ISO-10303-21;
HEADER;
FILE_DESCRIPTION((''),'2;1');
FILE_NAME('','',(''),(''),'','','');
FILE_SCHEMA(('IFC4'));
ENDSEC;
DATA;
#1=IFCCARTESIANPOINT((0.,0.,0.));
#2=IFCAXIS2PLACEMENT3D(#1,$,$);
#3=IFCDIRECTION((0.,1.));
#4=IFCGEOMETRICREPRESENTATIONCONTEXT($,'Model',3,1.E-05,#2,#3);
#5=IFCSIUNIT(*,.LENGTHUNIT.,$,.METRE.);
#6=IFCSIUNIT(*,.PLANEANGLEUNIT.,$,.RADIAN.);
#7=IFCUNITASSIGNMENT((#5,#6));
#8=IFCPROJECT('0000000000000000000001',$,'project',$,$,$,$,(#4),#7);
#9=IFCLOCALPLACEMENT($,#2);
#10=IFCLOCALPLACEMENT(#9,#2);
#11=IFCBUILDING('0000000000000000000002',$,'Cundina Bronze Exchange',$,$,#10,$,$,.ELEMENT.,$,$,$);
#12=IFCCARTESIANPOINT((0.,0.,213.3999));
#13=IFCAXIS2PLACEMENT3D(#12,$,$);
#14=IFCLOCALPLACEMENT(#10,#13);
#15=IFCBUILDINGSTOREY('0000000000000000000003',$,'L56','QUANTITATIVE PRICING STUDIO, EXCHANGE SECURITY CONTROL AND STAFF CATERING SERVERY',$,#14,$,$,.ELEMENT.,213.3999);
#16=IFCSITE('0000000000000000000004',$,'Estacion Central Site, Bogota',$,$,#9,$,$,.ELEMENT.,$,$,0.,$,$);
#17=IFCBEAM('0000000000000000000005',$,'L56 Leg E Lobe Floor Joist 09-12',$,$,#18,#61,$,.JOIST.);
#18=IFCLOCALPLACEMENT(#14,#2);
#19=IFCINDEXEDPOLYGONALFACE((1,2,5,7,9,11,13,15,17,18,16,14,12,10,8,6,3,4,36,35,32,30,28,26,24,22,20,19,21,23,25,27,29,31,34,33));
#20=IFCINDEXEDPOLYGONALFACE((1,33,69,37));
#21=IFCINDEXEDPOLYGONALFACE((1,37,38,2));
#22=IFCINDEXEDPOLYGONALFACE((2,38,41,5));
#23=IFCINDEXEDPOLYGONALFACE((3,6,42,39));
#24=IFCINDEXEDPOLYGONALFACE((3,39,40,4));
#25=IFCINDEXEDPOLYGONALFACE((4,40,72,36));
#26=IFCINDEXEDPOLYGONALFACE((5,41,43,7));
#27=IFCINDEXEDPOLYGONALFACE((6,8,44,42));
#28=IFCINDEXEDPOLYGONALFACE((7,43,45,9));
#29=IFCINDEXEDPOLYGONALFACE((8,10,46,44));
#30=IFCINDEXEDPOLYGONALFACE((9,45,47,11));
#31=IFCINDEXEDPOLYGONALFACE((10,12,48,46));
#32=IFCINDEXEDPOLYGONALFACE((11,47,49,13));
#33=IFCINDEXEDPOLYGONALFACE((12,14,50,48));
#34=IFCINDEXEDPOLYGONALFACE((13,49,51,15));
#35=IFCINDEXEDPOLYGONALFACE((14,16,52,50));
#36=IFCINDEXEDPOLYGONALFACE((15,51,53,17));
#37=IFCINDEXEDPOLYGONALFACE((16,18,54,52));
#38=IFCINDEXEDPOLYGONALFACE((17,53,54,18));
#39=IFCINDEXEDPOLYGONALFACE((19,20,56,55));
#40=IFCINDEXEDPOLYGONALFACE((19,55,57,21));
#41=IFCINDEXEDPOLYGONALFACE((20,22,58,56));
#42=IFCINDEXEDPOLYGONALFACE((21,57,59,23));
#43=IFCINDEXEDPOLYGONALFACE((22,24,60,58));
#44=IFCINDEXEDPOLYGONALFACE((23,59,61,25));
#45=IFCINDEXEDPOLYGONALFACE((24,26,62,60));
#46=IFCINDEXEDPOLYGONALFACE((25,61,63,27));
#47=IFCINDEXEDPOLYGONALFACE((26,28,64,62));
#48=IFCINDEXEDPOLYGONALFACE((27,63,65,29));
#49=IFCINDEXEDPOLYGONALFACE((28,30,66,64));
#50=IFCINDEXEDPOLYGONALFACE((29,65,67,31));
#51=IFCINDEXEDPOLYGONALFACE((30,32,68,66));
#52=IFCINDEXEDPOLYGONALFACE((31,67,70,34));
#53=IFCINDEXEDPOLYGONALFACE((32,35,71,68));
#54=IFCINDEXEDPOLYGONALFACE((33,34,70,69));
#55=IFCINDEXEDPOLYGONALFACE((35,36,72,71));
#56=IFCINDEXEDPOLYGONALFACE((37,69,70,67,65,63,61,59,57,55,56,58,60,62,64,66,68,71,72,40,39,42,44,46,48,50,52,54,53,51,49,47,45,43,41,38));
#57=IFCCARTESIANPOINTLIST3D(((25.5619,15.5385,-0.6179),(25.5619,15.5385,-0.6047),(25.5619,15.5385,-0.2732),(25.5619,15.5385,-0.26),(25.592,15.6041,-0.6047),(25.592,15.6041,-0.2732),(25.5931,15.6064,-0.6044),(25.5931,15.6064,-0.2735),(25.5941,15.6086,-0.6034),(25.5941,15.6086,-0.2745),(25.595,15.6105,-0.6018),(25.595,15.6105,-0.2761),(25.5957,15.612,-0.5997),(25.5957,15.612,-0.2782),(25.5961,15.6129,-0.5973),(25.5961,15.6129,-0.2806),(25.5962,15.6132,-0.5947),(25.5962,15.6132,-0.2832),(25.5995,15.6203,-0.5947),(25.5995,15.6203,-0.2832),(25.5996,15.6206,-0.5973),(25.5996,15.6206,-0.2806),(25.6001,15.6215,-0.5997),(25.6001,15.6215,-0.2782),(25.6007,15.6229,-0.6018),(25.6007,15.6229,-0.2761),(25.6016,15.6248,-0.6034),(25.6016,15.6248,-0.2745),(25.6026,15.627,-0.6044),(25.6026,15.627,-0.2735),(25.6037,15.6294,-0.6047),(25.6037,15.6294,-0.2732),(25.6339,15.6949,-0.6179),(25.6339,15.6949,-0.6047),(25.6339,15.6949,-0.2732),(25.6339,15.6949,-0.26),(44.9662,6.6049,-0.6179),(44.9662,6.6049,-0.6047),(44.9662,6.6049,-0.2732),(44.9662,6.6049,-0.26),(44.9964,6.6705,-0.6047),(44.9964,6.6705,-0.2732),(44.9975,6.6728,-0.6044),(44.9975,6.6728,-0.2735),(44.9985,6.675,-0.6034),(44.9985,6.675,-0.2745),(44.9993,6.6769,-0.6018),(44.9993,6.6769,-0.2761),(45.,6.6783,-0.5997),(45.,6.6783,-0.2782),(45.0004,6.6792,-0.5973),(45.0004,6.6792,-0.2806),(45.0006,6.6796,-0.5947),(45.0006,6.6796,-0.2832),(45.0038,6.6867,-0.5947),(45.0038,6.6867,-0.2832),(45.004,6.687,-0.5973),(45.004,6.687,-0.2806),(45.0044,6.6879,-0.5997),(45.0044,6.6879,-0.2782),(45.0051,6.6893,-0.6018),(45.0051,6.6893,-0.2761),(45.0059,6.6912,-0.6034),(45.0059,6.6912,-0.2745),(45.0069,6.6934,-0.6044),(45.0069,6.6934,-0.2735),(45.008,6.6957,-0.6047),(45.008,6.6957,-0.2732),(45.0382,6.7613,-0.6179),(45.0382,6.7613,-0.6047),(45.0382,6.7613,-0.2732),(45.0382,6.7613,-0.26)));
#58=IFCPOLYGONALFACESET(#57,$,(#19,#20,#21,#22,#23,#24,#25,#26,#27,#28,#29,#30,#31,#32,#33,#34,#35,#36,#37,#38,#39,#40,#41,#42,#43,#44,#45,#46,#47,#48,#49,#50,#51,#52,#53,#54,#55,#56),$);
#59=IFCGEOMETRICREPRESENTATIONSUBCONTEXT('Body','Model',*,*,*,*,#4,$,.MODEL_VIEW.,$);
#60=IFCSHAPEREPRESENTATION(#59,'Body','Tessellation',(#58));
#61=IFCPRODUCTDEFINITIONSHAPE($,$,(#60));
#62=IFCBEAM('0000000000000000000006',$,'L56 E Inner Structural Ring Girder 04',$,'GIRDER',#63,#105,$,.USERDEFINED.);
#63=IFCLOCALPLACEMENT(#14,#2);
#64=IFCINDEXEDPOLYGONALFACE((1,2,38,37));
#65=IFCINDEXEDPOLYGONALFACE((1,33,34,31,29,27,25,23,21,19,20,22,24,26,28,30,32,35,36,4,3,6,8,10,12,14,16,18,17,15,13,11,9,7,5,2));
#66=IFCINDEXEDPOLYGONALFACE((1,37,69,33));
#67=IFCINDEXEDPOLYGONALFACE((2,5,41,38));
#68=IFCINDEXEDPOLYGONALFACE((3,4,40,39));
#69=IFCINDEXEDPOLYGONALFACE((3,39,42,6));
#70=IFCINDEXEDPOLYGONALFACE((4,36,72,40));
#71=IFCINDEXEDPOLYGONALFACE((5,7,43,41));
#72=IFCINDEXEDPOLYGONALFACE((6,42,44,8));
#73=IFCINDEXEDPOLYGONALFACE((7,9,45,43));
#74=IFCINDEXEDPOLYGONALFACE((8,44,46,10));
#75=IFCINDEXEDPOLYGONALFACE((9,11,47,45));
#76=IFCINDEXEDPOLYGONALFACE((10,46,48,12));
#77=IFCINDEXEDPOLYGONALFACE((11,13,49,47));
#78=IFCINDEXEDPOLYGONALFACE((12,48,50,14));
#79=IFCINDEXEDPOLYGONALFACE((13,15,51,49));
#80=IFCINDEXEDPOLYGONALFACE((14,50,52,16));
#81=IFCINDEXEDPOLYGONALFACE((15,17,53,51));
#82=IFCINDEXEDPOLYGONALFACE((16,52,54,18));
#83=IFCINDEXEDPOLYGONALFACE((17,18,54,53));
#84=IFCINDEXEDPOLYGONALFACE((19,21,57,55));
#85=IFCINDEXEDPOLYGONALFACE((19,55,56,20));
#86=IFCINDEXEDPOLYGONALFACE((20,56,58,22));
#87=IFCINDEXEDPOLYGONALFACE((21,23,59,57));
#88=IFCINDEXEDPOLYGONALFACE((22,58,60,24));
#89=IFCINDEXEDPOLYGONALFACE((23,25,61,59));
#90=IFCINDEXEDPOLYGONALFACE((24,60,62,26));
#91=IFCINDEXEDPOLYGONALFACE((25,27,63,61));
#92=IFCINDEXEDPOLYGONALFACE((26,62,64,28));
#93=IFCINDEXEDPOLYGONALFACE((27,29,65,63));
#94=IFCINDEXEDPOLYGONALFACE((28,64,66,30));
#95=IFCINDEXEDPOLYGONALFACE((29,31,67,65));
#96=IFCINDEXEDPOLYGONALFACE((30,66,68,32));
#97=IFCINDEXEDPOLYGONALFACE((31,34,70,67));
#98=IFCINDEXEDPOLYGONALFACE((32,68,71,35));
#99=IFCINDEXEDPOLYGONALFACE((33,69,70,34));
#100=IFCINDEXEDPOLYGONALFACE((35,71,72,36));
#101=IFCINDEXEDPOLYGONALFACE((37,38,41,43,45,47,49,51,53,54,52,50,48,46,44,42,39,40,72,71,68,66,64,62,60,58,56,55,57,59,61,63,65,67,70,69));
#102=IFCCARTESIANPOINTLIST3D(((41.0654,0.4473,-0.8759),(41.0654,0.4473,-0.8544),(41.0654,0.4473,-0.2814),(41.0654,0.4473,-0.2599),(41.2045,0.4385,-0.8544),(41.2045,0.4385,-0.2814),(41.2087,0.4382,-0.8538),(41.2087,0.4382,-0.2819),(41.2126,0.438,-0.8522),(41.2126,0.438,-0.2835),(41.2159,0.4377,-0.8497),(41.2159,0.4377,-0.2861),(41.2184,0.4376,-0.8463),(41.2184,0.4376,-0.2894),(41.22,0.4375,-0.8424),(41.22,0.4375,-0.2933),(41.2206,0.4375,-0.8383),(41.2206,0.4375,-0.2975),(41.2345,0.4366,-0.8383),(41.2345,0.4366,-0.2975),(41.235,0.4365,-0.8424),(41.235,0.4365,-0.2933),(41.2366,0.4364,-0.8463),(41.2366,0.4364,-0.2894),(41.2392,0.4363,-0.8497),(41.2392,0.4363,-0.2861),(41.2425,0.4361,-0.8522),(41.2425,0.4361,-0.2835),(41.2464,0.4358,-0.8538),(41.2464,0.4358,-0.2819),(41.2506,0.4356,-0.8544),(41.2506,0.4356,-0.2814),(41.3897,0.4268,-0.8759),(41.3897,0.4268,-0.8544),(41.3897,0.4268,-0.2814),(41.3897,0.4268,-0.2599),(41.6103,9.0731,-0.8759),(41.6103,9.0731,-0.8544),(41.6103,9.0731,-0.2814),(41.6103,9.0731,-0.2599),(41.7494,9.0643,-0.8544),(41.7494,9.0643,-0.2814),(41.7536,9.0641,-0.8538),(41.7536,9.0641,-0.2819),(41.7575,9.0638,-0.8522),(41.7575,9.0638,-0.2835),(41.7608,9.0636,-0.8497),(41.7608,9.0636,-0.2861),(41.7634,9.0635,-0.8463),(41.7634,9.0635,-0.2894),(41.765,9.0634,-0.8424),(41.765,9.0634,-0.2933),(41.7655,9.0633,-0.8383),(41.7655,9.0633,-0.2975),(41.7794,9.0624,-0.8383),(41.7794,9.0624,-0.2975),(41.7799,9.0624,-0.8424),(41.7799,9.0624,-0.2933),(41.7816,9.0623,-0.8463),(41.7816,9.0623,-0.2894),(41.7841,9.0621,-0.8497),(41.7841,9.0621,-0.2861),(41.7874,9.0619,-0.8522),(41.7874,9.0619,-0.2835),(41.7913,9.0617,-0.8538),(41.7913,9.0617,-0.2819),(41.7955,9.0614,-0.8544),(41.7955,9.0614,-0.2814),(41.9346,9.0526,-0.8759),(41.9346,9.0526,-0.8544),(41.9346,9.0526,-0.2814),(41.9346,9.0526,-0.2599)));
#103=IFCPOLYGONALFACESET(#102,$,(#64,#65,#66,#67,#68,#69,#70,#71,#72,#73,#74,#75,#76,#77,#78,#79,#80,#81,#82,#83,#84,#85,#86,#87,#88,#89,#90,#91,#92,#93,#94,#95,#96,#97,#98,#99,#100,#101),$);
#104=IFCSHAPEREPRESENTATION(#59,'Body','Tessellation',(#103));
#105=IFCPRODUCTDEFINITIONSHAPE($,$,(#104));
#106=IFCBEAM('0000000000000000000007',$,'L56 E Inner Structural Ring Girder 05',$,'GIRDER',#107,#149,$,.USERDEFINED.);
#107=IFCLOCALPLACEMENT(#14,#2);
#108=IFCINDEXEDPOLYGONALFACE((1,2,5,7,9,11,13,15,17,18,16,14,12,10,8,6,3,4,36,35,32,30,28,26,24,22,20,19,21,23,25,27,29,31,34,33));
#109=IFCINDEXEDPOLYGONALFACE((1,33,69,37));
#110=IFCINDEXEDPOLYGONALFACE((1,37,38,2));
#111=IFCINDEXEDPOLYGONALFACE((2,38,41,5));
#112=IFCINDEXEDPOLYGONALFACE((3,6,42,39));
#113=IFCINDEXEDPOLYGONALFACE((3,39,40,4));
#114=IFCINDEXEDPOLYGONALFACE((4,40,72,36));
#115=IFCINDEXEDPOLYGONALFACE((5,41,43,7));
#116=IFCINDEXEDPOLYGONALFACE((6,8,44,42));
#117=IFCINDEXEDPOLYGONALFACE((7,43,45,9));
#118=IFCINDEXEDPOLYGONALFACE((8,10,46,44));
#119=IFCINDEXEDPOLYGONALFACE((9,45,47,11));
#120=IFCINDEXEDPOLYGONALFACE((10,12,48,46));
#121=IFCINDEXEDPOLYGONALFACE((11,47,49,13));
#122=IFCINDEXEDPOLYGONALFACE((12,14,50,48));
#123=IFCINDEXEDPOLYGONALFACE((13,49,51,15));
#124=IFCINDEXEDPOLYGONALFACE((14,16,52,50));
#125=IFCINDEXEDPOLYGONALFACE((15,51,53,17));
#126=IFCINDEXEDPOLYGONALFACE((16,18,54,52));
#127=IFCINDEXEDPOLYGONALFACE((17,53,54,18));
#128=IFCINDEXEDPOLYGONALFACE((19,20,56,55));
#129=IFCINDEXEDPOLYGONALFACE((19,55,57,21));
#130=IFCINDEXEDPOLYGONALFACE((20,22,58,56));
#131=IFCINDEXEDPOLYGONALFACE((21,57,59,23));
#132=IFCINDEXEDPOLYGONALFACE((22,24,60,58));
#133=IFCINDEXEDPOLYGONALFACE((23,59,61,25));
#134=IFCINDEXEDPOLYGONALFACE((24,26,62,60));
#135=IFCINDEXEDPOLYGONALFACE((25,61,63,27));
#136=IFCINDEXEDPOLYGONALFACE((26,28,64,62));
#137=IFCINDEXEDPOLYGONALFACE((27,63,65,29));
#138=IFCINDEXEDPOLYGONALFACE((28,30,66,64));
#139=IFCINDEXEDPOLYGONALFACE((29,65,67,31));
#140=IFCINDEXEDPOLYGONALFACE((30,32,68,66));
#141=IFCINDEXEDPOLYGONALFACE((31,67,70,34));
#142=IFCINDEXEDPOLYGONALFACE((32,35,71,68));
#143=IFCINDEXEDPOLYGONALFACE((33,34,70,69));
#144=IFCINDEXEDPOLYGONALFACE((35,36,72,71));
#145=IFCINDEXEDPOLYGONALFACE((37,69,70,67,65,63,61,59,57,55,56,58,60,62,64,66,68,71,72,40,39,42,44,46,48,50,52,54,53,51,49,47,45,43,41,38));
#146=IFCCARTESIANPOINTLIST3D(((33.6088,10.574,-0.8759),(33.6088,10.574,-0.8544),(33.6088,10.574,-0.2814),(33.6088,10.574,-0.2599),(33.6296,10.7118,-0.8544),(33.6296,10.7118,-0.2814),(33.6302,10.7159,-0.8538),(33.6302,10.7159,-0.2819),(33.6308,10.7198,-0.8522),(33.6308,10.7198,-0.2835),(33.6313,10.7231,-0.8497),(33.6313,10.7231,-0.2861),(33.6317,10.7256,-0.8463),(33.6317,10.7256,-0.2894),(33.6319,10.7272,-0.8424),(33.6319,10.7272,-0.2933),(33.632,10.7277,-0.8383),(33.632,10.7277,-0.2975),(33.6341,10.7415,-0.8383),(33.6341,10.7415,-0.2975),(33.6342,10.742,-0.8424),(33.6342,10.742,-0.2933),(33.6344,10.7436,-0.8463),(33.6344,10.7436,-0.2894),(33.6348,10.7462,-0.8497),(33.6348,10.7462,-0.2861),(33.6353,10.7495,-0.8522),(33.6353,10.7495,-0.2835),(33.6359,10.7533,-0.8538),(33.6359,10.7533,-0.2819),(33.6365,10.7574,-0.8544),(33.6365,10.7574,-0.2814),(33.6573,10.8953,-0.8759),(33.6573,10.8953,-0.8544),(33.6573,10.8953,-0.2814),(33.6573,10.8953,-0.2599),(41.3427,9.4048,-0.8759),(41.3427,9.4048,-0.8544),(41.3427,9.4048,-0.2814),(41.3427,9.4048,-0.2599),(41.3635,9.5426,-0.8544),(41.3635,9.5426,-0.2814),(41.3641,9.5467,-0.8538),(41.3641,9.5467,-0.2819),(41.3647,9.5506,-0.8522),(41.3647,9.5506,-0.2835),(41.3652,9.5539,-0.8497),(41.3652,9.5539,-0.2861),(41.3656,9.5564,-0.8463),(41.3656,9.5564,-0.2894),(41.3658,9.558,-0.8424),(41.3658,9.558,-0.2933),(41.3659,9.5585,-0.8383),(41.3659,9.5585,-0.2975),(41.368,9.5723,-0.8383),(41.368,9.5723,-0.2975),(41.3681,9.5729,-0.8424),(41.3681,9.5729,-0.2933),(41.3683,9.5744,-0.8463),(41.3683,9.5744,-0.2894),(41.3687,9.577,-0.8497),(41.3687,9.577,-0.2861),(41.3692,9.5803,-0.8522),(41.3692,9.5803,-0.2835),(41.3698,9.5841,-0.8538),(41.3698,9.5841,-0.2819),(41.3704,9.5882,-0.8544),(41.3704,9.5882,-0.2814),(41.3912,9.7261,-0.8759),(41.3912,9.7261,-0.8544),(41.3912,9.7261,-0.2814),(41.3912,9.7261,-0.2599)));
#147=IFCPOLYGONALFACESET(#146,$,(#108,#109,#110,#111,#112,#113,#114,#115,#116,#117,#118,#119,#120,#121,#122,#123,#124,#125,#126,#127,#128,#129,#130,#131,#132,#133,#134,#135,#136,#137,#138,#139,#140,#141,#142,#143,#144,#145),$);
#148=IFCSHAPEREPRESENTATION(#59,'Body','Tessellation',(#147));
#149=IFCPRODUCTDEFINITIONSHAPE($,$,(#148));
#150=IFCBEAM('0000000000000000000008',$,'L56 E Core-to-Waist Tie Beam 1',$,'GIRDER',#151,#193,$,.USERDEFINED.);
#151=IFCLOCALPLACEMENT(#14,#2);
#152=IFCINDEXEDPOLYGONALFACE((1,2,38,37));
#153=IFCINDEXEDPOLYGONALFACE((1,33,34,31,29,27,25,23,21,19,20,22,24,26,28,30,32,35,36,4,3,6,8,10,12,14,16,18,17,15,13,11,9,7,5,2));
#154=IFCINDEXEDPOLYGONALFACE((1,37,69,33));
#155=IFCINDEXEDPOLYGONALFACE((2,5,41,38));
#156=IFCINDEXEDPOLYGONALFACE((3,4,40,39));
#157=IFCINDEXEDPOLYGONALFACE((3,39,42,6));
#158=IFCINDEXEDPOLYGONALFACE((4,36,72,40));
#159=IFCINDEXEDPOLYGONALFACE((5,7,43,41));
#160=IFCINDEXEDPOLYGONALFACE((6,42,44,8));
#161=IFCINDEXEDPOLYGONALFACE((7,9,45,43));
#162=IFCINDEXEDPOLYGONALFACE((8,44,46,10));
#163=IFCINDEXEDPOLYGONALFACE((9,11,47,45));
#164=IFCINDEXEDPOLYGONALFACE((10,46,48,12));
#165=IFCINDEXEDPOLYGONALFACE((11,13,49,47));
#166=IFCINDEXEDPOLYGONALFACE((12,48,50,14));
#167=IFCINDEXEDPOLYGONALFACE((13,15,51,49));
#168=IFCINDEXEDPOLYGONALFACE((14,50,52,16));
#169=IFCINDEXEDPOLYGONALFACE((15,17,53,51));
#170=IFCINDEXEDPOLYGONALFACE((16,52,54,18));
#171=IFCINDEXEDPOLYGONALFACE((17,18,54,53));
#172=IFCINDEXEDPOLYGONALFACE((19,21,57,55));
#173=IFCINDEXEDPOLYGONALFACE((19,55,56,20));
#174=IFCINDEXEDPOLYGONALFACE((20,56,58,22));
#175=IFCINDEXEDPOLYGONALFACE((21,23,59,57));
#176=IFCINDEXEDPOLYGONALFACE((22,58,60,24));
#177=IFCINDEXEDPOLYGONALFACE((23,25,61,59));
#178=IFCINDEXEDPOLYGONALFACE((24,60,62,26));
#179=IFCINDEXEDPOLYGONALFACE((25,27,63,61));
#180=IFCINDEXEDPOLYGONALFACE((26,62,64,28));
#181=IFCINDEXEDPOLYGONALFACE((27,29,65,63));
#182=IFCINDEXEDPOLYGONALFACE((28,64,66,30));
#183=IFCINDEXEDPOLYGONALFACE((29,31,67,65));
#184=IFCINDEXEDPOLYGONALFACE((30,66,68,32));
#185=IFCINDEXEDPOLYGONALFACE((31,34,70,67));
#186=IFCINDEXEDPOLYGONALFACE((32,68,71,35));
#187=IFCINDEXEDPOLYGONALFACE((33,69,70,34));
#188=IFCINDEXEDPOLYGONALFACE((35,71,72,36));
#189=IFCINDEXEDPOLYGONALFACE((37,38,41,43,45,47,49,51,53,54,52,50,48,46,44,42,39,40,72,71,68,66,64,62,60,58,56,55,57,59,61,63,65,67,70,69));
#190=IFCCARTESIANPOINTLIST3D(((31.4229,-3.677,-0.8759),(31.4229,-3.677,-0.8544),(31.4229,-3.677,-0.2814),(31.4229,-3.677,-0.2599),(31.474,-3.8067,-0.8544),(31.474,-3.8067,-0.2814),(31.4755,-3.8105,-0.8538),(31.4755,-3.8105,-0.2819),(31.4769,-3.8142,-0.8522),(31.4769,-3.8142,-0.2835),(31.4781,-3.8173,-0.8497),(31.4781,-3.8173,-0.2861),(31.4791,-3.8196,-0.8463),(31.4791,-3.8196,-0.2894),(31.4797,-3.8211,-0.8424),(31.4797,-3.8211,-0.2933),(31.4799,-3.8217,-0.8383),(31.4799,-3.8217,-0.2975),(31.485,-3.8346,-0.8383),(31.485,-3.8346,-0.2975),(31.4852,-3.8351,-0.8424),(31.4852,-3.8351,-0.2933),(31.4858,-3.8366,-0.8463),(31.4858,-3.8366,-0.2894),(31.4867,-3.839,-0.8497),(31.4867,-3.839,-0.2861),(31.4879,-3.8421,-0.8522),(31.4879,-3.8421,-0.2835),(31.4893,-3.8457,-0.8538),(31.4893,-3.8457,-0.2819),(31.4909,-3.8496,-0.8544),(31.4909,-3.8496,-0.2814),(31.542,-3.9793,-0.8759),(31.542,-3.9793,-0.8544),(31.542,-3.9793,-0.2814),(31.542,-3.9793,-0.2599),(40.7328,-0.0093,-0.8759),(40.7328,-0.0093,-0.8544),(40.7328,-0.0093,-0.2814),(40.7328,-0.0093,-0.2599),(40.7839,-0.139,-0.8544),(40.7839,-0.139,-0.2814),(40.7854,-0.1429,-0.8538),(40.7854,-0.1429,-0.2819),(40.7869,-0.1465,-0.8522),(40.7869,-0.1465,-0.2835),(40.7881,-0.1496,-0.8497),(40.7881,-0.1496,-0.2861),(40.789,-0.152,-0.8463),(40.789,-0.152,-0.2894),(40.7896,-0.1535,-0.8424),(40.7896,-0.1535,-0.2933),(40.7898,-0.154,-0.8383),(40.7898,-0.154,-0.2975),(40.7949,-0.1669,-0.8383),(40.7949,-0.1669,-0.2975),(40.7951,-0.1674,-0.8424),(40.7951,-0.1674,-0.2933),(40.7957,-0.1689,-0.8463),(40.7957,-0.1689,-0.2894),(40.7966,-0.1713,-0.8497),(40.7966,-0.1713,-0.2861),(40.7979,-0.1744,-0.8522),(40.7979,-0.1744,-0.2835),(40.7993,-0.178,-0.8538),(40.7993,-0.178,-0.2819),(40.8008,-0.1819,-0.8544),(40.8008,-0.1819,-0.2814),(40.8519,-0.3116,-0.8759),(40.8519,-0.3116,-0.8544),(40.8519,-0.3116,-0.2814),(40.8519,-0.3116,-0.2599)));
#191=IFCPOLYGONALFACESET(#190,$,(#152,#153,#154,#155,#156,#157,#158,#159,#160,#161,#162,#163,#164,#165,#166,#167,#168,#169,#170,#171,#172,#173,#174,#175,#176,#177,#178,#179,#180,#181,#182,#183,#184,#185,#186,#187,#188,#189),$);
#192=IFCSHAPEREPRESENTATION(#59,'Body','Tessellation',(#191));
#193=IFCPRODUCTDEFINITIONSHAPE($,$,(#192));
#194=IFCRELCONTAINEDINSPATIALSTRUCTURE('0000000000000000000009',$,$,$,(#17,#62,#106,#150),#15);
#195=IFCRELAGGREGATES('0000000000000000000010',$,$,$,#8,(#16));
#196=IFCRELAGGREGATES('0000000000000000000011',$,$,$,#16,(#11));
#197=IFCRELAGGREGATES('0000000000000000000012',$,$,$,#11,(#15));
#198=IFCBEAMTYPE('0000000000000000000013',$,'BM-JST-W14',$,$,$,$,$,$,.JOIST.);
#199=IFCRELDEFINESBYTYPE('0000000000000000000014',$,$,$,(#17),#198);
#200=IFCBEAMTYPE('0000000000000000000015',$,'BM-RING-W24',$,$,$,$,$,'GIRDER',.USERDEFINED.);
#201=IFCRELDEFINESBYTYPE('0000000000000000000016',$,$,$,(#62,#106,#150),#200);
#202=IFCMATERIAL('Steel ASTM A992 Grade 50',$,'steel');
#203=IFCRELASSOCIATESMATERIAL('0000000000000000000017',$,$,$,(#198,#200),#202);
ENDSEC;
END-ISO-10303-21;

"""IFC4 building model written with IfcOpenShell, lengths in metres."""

from ifc_helpers import new_model, si_unit, direction, frame, origin, origin_2d, place, context, subcontext, project, spatial, i_section, extrude, material, material_profile, profile_set, type_object, element, save


model = new_model("IFC4")

# Units and contexts
model_context = context("Model", 3, precision=1e-05, world=origin(), true_north=direction((0.0, 1.0)))
body_context = subcontext(model_context, "Body", "Model", "MODEL_VIEW")
ifc_project = project(units=[si_unit("LENGTHUNIT", "METRE"), si_unit("PLANEANGLEUNIT", "RADIAN")], contexts=[model_context])

# Site, building, storey
site_placement = place(None, origin())
site = spatial("IfcSite", under=ifc_project, at=site_placement, Name="Estacion Central Site, Bogota", CompositionType="ELEMENT", RefElevation=0.0)
building_placement = place(site_placement, origin())
building = spatial("IfcBuilding", under=site, at=building_placement, Name="Cundina Bronze Exchange", CompositionType="ELEMENT")
storey_placement = place(building_placement, frame((0.0, 0.0, 213.3999)))
storey = spatial("IfcBuildingStorey", under=building, at=storey_placement, Name="L56", Description="QUANTITATIVE PRICING STUDIO, EXCHANGE SECURITY CONTROL AND STAFF CATERING SERVERY", CompositionType="ELEMENT", Elevation=213.3999)

# Shared definitions
ifc_material_1 = material(Name="Steel ASTM A992 Grade 50", Category="steel")

# Beams
ifc_material_profile_1 = material_profile(ifc_material_1, i_section(OverallWidth=0.1721, OverallDepth=0.3579, WebThickness=0.0078, FlangeThickness=0.0132, FilletRadius=0.01, at=origin_2d()), Name="W14X38", Category="steel")
ifc_profile_set_1 = profile_set([ifc_material_profile_1], Name="Steel ASTM A992 Grade 50")
beam_type_1 = type_object("IfcBeamType", Name="BM-JST-W14", PredefinedType="JOIST", material=ifc_profile_set_1)
beam_1_placement = place(storey_placement, frame((45.0022, 6.6831, -0.439), z_axis=(-0.908355, 0.4182, 0.0), x_axis=(-0.4182, -0.908355, 0.0)))
element("IfcBeam", 1, at=beam_1_placement, inside=storey, type_object=beam_type_1, Name="L56 Leg E Lobe Floor Joist 09-12", PredefinedType="JOIST", context=body_context, shape_type="SweptSolid", body=[
    extrude(i_section(OverallWidth=0.1721, OverallDepth=0.3579, WebThickness=0.0078, FlangeThickness=0.0132, FilletRadius=0.01, at=origin_2d()), origin(), (0.0, 0.0, 1.0), 21.3621),
])
ifc_material_profile_2 = material_profile(ifc_material_1, i_section(OverallWidth=0.325, OverallDepth=0.616, WebThickness=0.0139, FlangeThickness=0.0215, FilletRadius=0.0161, at=origin_2d()), Name="W24X117", Category="steel")
ifc_profile_set_2 = profile_set([ifc_material_profile_2], Name="Steel ASTM A992 Grade 50")
beam_type_2 = type_object("IfcBeamType", Name="BM-RING-W24", ElementType="GIRDER", PredefinedType="USERDEFINED", material=ifc_profile_set_2)
beam_2_placement = place(storey_placement, frame((41.2275, 0.437, -0.5679), z_axis=(0.063047, 0.998011, 0.0), x_axis=(-0.998011, 0.063047, 0.0)))
element("IfcBeam", 2, at=beam_2_placement, inside=storey, type_object=beam_type_2, Name="L56 E Inner Structural Ring Girder 04", ObjectType="GIRDER", PredefinedType="USERDEFINED", context=body_context, shape_type="SweptSolid", body=[
    extrude(i_section(OverallWidth=0.325, OverallDepth=0.616, WebThickness=0.0139, FlangeThickness=0.0215, FilletRadius=0.0161, at=origin_2d()), origin(), (0.0, 0.0, 1.0), 8.6431),
])
beam_3_placement = place(storey_placement, frame((41.3669, 9.5654, -0.5679), z_axis=(-0.988765, 0.149479, 0.0), x_axis=(-0.149479, -0.988765, 0.0)))
element("IfcBeam", 3, at=beam_3_placement, inside=storey, type_object=beam_type_2, Name="L56 E Inner Structural Ring Girder 05", ObjectType="GIRDER", PredefinedType="USERDEFINED", context=body_context, shape_type="SweptSolid", body=[
    extrude(i_section(OverallWidth=0.325, OverallDepth=0.616, WebThickness=0.0139, FlangeThickness=0.0215, FilletRadius=0.0161, at=origin_2d()), origin(), (0.0, 0.0, 1.0), 7.8218),
])
beam_4_placement = place(storey_placement, frame((31.4824, -3.8281, -0.5679), z_axis=(0.930404, 0.366535, 0.0), x_axis=(-0.366535, 0.930404, 0.0)))
element("IfcBeam", 4, at=beam_4_placement, inside=storey, type_object=beam_type_2, Name="L56 E Core-to-Waist Tie Beam 1", ObjectType="GIRDER", PredefinedType="USERDEFINED", context=body_context, shape_type="SweptSolid", body=[
    extrude(i_section(OverallWidth=0.325, OverallDepth=0.616, WebThickness=0.0139, FlangeThickness=0.0215, FilletRadius=0.0161, at=origin_2d()), origin(), (0.0, 0.0, 1.0), 10.0063),
])

save(model, "model.ifc")
